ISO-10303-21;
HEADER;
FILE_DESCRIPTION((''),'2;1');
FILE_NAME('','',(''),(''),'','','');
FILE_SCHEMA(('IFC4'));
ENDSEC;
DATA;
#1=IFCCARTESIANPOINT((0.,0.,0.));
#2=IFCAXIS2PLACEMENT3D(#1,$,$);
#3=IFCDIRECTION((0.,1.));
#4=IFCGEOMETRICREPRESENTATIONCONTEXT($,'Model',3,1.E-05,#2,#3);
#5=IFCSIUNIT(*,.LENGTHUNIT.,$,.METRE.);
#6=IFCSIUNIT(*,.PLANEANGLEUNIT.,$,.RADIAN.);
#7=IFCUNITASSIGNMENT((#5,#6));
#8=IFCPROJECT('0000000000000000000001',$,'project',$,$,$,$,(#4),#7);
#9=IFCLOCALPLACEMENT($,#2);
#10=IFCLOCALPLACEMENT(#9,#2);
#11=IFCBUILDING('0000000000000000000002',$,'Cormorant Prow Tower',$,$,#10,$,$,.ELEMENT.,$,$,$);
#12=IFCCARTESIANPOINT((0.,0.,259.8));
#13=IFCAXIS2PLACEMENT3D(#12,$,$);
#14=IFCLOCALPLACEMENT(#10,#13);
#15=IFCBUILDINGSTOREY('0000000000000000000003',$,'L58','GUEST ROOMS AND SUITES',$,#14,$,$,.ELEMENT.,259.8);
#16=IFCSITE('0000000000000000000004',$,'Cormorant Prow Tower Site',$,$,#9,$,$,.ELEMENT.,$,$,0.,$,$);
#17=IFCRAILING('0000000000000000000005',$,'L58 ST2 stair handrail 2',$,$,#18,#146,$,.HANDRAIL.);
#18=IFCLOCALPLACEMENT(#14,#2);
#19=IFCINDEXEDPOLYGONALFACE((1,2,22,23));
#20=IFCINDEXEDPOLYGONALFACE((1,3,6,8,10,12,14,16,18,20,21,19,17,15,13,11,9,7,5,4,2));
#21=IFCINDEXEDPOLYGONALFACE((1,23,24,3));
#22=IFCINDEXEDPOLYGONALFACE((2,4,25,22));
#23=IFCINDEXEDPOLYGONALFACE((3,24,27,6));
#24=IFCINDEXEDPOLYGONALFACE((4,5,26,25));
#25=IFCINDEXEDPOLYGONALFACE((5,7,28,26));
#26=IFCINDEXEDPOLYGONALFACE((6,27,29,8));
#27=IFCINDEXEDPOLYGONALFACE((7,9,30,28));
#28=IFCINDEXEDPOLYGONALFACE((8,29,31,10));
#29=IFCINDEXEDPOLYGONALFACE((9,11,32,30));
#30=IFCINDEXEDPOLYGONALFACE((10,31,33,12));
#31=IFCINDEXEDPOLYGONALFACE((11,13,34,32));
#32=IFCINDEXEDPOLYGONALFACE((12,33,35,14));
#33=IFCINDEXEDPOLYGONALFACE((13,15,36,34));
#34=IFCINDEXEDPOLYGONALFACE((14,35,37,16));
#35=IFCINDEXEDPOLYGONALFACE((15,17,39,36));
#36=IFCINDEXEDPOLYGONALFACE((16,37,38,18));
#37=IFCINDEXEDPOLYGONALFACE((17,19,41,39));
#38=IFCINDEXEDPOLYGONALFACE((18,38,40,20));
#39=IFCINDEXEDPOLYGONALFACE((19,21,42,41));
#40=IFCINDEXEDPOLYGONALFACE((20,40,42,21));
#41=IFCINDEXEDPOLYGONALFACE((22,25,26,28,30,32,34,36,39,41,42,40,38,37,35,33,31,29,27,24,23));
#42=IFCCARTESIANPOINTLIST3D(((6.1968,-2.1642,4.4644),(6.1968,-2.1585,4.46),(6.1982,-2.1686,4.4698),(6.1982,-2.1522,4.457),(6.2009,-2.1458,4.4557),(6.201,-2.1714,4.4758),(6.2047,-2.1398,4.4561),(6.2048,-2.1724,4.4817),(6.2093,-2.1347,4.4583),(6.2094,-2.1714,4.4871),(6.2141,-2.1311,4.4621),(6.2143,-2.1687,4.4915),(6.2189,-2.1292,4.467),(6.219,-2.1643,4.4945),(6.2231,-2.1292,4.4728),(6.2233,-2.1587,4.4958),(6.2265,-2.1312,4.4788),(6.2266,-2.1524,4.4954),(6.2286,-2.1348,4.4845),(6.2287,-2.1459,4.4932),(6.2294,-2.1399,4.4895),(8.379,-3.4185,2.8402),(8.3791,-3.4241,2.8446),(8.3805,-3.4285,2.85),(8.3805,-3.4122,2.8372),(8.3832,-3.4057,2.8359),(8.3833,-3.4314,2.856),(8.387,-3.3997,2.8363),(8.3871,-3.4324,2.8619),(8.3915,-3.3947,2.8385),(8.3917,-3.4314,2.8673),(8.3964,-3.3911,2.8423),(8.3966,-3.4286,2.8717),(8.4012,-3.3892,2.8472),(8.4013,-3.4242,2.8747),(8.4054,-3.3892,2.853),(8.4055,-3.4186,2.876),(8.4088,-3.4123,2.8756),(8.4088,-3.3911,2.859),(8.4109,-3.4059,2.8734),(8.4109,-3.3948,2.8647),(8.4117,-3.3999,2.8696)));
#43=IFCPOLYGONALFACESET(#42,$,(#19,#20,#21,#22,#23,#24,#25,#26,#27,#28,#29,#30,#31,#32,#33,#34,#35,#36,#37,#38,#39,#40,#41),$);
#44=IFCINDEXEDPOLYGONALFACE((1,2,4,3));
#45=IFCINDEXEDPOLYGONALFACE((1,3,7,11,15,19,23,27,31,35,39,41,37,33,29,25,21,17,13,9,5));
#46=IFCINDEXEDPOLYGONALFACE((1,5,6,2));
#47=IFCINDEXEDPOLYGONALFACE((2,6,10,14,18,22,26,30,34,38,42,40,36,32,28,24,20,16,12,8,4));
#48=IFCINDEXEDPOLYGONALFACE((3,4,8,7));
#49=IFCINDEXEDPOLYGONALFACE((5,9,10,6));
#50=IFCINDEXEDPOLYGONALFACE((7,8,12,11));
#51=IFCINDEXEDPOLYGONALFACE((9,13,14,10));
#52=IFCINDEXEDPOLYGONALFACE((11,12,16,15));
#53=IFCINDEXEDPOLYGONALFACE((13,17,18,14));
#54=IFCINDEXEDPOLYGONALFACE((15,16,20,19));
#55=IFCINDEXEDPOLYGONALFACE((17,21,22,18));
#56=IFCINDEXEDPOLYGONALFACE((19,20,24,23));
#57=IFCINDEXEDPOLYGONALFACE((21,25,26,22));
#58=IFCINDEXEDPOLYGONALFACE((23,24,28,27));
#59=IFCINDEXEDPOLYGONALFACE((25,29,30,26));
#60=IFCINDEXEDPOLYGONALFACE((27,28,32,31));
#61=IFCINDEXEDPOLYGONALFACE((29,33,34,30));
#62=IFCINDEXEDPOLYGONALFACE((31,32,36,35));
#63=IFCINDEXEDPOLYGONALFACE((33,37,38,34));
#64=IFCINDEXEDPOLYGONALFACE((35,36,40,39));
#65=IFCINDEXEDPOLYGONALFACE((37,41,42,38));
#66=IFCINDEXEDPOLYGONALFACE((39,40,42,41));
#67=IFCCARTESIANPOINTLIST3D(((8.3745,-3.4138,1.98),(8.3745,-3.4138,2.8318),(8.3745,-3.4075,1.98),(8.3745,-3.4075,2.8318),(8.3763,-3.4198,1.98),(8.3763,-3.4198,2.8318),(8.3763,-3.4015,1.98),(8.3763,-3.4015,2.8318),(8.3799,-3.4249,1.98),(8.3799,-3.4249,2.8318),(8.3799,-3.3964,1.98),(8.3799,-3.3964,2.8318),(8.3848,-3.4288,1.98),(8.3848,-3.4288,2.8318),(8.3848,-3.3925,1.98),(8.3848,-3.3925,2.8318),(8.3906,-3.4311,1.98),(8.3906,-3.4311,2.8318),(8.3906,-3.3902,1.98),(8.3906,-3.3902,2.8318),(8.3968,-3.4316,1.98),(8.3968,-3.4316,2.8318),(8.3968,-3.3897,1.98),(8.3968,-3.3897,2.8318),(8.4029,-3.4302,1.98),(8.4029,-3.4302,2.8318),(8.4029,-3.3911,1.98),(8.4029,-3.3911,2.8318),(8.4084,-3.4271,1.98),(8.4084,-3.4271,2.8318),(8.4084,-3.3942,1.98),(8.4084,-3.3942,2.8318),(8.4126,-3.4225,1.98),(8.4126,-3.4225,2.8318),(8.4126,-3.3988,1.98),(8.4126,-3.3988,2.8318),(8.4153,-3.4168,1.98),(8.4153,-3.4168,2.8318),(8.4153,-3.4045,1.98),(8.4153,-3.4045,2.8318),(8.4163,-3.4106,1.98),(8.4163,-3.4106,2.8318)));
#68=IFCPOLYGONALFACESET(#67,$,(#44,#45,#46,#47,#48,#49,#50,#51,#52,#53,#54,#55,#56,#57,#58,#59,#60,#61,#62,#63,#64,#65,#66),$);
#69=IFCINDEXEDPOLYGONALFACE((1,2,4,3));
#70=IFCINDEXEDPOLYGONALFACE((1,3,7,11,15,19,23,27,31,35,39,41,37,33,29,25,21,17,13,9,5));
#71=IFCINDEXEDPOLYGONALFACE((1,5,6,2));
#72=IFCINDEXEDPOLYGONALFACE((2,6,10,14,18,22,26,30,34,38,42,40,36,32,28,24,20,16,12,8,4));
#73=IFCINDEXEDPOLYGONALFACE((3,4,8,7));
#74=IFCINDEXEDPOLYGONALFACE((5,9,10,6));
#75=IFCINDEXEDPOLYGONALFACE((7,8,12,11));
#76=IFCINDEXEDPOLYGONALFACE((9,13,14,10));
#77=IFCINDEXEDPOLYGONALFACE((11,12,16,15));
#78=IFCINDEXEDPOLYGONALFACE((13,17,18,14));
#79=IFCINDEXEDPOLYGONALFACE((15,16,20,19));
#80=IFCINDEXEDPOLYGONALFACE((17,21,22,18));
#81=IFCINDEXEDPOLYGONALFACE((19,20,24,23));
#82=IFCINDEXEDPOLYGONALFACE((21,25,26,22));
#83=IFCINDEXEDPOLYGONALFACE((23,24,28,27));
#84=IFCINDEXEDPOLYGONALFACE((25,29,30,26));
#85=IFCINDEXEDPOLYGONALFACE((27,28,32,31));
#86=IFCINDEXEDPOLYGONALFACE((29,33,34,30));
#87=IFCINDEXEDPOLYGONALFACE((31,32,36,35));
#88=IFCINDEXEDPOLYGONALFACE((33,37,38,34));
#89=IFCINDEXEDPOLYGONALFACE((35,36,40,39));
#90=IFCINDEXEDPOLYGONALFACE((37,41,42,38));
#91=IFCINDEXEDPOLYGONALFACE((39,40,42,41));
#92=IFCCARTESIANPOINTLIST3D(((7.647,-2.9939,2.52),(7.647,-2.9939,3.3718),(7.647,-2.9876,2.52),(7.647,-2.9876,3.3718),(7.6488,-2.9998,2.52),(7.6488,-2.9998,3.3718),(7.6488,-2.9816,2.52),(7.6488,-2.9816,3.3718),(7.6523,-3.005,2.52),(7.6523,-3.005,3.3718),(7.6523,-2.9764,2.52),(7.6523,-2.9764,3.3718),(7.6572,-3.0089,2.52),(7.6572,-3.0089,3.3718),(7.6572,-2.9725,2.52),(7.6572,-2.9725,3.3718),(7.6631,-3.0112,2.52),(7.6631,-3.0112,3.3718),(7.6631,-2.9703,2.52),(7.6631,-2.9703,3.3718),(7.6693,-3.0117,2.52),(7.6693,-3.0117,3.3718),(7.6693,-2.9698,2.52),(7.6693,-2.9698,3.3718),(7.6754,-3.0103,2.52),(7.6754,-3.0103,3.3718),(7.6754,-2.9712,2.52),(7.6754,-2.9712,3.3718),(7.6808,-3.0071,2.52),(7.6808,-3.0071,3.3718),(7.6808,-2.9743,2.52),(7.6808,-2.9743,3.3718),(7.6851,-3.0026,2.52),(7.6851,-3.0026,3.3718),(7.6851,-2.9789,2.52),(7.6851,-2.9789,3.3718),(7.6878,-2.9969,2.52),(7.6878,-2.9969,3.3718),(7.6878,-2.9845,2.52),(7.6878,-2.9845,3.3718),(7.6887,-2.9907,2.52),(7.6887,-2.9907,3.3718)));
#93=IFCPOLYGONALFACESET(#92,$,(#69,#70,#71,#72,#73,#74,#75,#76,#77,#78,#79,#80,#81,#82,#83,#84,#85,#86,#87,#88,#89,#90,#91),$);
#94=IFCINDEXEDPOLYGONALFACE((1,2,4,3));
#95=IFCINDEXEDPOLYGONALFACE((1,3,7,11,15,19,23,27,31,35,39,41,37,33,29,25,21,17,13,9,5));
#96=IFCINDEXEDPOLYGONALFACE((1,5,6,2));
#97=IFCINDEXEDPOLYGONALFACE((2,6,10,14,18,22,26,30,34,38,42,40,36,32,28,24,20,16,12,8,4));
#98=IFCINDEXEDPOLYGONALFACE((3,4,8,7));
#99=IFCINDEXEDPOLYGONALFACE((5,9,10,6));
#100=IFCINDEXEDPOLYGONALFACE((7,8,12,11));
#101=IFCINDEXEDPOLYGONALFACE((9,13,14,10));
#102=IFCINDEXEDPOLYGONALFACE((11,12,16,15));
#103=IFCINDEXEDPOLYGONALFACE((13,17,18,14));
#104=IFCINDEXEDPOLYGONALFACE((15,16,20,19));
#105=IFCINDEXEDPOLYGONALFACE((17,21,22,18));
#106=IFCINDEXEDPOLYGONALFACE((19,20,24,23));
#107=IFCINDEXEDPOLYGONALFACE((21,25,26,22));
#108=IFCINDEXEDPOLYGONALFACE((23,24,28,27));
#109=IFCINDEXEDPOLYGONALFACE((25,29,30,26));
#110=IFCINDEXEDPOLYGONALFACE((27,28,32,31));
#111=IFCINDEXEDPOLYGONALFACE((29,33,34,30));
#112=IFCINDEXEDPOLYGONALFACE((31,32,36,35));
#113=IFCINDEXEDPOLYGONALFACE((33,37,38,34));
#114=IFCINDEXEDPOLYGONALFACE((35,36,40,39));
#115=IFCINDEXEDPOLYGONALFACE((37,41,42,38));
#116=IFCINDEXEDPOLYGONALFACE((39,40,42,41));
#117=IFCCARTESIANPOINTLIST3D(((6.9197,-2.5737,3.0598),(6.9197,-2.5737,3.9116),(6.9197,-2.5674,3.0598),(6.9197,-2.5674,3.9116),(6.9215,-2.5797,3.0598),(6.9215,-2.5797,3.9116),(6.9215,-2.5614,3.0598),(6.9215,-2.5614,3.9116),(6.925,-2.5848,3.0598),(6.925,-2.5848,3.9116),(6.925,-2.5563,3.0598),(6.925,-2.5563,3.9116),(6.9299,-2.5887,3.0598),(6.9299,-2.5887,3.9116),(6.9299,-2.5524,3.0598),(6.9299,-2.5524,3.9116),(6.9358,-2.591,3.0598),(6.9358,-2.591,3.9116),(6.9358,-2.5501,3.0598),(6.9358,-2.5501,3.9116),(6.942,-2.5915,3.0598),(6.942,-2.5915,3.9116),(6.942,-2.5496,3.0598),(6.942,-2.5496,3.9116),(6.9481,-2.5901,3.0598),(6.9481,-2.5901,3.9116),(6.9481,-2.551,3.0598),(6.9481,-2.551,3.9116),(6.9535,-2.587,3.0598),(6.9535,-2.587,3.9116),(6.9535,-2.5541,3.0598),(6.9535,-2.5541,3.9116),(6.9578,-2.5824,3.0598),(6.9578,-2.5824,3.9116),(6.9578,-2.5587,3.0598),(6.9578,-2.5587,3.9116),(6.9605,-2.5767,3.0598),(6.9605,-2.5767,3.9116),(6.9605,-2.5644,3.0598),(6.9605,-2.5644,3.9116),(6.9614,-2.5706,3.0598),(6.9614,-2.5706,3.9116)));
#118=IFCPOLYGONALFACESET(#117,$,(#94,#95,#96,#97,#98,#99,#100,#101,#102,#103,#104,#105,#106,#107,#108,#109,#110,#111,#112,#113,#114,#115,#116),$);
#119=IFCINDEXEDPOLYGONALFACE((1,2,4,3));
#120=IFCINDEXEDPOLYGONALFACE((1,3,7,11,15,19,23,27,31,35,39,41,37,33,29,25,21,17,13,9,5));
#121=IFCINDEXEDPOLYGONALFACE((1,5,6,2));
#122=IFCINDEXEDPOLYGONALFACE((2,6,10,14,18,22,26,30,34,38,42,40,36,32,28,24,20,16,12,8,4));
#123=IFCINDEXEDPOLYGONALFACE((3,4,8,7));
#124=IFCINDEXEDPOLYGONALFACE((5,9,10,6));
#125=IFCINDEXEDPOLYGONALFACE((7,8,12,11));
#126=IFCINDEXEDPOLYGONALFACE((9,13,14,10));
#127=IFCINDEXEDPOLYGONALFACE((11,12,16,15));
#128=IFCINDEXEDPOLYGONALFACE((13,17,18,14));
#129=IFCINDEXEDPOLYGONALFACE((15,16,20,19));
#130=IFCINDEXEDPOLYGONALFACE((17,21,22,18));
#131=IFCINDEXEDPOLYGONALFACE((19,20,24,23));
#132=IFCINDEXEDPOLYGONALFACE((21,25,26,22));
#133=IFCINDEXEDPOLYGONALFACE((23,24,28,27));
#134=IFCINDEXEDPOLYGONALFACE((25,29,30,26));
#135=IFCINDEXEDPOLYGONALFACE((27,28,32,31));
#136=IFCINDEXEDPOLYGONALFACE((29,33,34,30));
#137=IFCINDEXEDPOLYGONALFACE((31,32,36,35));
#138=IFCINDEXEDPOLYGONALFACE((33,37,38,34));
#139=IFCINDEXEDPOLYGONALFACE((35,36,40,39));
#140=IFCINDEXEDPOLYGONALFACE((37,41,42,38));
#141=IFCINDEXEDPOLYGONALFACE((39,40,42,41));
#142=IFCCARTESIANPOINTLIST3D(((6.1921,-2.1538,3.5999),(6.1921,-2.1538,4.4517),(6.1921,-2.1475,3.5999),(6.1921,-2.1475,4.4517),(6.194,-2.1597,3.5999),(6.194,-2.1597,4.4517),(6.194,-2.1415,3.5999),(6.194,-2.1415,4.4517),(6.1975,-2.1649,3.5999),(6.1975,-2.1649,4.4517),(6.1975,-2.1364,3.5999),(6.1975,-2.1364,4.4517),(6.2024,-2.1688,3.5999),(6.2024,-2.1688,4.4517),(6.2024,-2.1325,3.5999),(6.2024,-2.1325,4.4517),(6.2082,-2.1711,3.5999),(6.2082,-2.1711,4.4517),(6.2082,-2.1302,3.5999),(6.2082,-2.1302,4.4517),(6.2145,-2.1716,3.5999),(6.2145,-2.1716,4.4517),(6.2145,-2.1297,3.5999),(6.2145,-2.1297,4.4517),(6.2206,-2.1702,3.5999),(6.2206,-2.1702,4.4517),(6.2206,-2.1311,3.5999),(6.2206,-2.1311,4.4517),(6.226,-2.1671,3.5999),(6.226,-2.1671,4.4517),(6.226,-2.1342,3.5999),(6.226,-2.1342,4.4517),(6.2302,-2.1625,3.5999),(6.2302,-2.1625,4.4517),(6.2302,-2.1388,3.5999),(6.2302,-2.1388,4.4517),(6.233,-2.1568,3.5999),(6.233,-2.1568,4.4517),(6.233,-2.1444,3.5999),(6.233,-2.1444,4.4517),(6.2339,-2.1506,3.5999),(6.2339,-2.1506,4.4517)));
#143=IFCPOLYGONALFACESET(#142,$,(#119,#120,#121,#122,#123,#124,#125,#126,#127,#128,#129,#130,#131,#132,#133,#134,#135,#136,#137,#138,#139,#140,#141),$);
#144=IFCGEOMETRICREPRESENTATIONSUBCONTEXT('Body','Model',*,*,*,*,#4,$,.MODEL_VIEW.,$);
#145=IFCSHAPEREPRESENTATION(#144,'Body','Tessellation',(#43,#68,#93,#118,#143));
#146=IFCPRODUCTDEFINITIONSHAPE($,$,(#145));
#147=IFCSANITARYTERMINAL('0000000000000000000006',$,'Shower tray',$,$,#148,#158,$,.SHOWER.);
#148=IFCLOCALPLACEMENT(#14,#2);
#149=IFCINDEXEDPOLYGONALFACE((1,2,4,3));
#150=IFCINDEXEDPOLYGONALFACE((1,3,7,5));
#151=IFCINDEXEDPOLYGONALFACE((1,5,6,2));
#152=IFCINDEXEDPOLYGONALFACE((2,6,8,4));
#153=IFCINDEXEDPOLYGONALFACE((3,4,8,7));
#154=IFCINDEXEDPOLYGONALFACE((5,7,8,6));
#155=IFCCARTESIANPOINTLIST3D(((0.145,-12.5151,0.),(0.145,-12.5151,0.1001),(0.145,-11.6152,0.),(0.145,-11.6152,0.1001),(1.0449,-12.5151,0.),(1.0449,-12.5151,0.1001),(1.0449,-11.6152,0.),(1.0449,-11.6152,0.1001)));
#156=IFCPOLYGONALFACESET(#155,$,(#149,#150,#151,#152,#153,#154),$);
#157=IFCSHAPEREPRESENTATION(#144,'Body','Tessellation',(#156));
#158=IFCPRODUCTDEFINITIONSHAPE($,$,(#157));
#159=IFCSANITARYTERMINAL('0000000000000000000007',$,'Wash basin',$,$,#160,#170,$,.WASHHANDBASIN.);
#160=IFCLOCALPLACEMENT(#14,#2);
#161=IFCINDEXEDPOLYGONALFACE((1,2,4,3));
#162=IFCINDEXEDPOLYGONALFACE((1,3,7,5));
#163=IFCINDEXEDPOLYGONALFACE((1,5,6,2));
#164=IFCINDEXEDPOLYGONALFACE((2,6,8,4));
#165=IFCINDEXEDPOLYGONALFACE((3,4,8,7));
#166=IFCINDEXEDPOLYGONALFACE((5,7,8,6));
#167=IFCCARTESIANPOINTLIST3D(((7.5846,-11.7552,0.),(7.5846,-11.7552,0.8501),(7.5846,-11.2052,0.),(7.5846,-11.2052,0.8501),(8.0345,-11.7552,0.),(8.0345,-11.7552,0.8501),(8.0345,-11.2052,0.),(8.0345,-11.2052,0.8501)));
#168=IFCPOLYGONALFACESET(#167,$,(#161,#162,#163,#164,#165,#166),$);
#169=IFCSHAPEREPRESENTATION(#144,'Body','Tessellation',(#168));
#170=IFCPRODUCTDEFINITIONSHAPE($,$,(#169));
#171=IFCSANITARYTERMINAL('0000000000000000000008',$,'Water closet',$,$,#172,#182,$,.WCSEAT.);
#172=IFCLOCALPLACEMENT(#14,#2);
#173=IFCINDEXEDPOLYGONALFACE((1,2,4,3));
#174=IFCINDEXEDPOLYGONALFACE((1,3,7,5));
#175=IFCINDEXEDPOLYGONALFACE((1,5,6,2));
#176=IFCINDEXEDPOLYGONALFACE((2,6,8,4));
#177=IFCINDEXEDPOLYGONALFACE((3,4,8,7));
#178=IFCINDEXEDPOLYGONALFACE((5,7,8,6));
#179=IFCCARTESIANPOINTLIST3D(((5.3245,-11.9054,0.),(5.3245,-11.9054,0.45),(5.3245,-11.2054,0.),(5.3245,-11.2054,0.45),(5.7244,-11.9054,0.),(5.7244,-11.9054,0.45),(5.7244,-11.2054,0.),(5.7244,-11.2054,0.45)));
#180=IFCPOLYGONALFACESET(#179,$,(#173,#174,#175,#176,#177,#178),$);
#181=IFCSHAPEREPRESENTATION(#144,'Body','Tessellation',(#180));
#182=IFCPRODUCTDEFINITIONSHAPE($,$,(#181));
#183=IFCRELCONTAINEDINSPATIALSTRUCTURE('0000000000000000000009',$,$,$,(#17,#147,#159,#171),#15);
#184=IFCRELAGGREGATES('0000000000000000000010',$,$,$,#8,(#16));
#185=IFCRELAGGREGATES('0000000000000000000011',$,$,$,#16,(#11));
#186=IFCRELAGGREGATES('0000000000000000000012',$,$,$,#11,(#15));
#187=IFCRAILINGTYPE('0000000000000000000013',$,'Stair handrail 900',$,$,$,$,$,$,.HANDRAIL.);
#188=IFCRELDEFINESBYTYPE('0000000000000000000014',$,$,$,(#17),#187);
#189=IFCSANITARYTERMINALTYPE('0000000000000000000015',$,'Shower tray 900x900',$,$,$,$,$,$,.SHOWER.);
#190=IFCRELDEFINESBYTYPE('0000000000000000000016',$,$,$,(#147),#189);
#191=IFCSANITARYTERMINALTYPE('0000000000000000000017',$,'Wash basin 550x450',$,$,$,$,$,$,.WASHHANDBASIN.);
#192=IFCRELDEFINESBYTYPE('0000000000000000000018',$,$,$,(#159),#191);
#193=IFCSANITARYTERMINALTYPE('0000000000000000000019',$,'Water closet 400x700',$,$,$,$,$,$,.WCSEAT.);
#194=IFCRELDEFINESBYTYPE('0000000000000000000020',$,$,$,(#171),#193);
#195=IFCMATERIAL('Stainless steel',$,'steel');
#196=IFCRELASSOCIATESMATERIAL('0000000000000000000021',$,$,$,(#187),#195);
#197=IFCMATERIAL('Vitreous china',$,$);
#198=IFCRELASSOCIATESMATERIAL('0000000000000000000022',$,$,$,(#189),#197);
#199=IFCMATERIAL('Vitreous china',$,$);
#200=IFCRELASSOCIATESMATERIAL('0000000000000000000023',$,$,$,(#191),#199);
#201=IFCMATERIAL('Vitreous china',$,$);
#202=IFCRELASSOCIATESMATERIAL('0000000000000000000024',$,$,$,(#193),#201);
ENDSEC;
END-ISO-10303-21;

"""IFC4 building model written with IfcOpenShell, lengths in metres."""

from ifc_helpers import new_model, si_unit, direction, frame, origin, origin_2d, place, context, subcontext, project, spatial, rectangle, circle, extrude, material, type_object, element, save


model = new_model("IFC4")

# Units and contexts
model_context = context("Model", 3, precision=1e-05, world=origin(), true_north=direction((0.0, 1.0)))
body_context = subcontext(model_context, "Body", "Model", "MODEL_VIEW")
ifc_project = project(units=[si_unit("LENGTHUNIT", "METRE"), si_unit("PLANEANGLEUNIT", "RADIAN")], contexts=[model_context])

# Site, building, storey
site_placement = place(None, origin())
site = spatial("IfcSite", under=ifc_project, at=site_placement, Name="Cormorant Prow Tower Site", CompositionType="ELEMENT", RefElevation=0.0)
building_placement = place(site_placement, origin())
building = spatial("IfcBuilding", under=site, at=building_placement, Name="Cormorant Prow Tower", CompositionType="ELEMENT")
storey_placement = place(building_placement, frame((0.0, 0.0, 259.8)))
storey = spatial("IfcBuildingStorey", under=building, at=storey_placement, Name="L58", Description="GUEST ROOMS AND SUITES", CompositionType="ELEMENT", Elevation=259.8)

# Railing
ifc_material_1 = material(Name="Stainless steel", Category="steel")
railing_type_1 = type_object("IfcRailingType", Name="Stair handrail 900", PredefinedType="HANDRAIL", material=ifc_material_1)
railing_1_placement = place(storey_placement, frame((8.3953, -3.4106, 1.98)))
element("IfcRailing", 1, at=railing_1_placement, inside=storey, type_object=railing_type_1, Name="L58 ST2 stair handrail 2", PredefinedType="HANDRAIL", context=body_context, shape_type="SweptSolid", body=[
    extrude(circle(Radius=0.0239, at=origin_2d()), frame((0.0, 0.0, 0.876), z_axis=(-0.728496, 0.420603, 0.540728), x_axis=(-0.500005, -0.866023, 0.0)), (0.0, 0.0, 1.0), 2.9956),
    extrude(circle(Radius=0.021, at=origin_2d()), origin(), (0.0, 0.0, 1.0), 0.8518),
    extrude(circle(Radius=0.021, at=origin_2d()), frame((-0.7275, 0.4199, 0.54)), (0.0, 0.0, 1.0), 0.8518),
    extrude(circle(Radius=0.021, at=origin_2d()), frame((-1.4548, 0.8401, 1.0798)), (0.0, 0.0, 1.0), 0.8518),
    extrude(circle(Radius=0.021, at=origin_2d()), frame((-2.1824, 1.26, 1.6199)), (0.0, 0.0, 1.0), 0.8518),
])

# Sanitary terminals
ifc_material_2 = material(Name="Vitreous china")
sanitary_terminal_type_1 = type_object("IfcSanitaryTerminalType", Name="Shower tray 900x900", PredefinedType="SHOWER", material=ifc_material_2)
sanitary_terminal_1_placement = place(storey_placement, frame((0.595, -12.0652, 0.0), z_axis=(0.0, 0.0, 1.0), x_axis=(1.0, 0.0, 0.0)))
element("IfcSanitaryTerminal", 2, at=sanitary_terminal_1_placement, inside=storey, type_object=sanitary_terminal_type_1, Name="Shower tray", PredefinedType="SHOWER", context=body_context, shape_type="SweptSolid", body=[
    extrude(rectangle(XDim=0.8999, YDim=0.8999, at=origin_2d()), origin(), (0.0, 0.0, 1.0), 0.1001),
])
ifc_material_3 = material(Name="Vitreous china")
sanitary_terminal_type_2 = type_object("IfcSanitaryTerminalType", Name="Wash basin 550x450", PredefinedType="WASHHANDBASIN", material=ifc_material_3)
sanitary_terminal_2_placement = place(storey_placement, frame((7.8096, -11.4802, 0.0), z_axis=(0.0, 0.0, 1.0), x_axis=(0.0, -1.0, 0.0)))
element("IfcSanitaryTerminal", 3, at=sanitary_terminal_2_placement, inside=storey, type_object=sanitary_terminal_type_2, Name="Wash basin", PredefinedType="WASHHANDBASIN", context=body_context, shape_type="SweptSolid", body=[
    extrude(rectangle(XDim=0.55, YDim=0.45, at=origin_2d()), origin(), (0.0, 0.0, 1.0), 0.8501),
])
ifc_material_4 = material(Name="Vitreous china")
sanitary_terminal_type_3 = type_object("IfcSanitaryTerminalType", Name="Water closet 400x700", PredefinedType="WCSEAT", material=ifc_material_4)
sanitary_terminal_3_placement = place(storey_placement, frame((5.5244, -11.5554, 0.0), z_axis=(0.0, 0.0, 1.0), x_axis=(1.0, 0.0, 0.0)))
element("IfcSanitaryTerminal", 4, at=sanitary_terminal_3_placement, inside=storey, type_object=sanitary_terminal_type_3, Name="Water closet", PredefinedType="WCSEAT", context=body_context, shape_type="SweptSolid", body=[
    extrude(rectangle(XDim=0.3999, YDim=0.7, at=origin_2d()), origin(), (0.0, 0.0, 1.0), 0.45),
])

save(model, "model.ifc")
